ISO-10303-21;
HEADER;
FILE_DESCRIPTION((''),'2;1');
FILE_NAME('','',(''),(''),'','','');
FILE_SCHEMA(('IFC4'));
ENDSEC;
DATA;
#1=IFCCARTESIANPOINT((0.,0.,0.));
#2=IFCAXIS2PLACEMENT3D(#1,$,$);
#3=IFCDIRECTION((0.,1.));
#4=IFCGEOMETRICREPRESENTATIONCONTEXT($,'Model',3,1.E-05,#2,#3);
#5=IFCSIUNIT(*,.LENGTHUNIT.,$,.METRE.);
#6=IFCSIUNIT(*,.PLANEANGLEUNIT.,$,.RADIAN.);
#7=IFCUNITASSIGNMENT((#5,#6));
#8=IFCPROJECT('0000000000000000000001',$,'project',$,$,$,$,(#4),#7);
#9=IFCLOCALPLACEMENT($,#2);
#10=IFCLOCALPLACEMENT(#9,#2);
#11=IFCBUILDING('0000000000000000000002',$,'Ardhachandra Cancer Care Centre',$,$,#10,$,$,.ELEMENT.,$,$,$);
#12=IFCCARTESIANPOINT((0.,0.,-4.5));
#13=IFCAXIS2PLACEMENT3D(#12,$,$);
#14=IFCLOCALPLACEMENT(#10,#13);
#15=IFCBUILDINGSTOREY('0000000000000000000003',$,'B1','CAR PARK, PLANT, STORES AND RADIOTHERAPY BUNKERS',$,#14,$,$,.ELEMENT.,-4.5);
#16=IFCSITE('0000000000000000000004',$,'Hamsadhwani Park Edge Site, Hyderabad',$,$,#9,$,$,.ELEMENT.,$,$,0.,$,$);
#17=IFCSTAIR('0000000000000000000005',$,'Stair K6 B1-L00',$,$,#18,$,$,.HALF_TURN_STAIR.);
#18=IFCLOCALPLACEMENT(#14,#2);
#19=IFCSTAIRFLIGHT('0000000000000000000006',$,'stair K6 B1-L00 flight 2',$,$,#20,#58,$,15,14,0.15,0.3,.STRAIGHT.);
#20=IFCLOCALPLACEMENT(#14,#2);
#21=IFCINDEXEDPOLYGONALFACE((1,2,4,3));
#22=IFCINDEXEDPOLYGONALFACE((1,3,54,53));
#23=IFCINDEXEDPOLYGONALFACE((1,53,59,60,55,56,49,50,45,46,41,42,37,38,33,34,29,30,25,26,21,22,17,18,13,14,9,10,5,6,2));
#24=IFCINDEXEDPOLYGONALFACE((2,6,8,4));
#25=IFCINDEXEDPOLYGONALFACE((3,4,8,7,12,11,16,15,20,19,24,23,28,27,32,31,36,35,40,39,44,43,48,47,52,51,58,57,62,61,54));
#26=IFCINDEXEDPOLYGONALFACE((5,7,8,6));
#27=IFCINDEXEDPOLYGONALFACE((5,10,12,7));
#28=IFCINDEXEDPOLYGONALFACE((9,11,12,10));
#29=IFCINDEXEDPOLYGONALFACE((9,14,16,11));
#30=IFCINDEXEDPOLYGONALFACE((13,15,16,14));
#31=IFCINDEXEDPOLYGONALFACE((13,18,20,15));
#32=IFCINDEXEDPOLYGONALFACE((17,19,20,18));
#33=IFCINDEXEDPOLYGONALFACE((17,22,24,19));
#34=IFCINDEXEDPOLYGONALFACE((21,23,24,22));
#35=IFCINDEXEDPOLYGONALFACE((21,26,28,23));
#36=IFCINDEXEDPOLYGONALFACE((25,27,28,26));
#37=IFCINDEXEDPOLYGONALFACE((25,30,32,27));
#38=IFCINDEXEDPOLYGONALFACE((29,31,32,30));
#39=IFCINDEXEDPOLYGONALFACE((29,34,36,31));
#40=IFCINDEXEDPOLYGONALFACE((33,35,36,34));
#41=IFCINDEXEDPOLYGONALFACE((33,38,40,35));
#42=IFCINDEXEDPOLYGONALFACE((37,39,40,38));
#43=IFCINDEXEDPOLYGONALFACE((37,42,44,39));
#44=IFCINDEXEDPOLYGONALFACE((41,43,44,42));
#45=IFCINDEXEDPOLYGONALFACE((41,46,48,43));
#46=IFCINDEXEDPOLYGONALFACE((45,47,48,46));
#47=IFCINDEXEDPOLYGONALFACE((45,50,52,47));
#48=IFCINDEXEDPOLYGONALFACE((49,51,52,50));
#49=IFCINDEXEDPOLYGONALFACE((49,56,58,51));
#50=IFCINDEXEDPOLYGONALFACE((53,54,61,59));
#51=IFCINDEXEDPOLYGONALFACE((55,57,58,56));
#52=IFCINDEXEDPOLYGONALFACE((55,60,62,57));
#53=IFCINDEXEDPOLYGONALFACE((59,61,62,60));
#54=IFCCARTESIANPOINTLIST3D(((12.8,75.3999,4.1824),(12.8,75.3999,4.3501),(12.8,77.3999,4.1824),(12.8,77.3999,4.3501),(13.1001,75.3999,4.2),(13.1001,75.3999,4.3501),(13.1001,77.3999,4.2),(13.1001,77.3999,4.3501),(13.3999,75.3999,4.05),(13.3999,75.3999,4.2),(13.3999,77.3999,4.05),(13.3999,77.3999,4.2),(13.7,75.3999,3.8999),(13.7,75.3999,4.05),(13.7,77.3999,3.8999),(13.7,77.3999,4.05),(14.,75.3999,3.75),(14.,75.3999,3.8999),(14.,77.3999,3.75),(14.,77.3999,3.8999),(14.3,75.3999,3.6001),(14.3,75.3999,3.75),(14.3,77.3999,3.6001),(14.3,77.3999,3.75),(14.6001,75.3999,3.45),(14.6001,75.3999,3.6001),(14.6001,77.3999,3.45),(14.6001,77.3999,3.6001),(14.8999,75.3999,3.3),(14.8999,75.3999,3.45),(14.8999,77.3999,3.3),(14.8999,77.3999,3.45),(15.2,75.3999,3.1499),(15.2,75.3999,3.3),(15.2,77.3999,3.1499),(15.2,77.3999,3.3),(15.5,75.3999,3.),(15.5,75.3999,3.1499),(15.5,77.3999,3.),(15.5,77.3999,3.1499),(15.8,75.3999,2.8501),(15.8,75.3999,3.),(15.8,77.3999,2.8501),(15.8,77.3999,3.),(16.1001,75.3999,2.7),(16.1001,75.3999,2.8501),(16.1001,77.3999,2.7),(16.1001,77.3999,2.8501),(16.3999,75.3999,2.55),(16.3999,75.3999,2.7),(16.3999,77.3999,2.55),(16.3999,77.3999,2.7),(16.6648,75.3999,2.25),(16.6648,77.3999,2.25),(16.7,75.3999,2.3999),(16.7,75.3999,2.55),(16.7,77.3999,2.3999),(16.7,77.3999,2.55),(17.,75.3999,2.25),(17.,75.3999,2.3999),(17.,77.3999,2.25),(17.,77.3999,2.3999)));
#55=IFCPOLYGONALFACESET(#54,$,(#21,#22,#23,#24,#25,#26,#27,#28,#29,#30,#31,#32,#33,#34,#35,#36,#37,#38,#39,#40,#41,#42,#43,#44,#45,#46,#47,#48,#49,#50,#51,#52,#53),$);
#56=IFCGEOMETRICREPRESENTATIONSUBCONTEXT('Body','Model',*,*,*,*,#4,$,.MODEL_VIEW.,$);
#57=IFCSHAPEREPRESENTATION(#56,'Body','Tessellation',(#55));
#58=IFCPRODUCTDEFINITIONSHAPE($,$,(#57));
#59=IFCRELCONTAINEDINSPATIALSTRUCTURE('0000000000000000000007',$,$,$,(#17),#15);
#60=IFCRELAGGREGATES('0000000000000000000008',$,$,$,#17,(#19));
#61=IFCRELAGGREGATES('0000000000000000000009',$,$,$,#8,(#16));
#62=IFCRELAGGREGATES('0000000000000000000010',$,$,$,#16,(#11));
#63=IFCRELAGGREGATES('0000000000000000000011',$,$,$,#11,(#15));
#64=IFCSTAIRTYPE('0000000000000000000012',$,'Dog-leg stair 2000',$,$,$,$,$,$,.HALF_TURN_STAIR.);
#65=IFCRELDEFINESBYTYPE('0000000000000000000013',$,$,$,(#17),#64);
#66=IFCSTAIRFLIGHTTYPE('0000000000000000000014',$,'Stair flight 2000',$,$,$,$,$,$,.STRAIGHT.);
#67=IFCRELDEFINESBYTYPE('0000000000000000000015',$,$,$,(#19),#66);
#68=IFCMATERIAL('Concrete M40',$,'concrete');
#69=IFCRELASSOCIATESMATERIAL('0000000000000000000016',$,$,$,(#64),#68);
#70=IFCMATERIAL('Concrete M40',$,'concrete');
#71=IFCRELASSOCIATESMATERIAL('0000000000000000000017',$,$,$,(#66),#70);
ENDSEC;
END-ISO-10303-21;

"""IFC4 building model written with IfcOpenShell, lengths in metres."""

from ifc_helpers import new_model, si_unit, direction, frame, origin, place, context, subcontext, project, spatial, polyline, outline, extrude, material, type_object, element, aggregate, save


model = new_model("IFC4")

# Units and contexts
model_context = context("Model", 3, precision=1e-05, world=origin(), true_north=direction((0.0, 1.0)))
body_context = subcontext(model_context, "Body", "Model", "MODEL_VIEW")
ifc_project = project(units=[si_unit("LENGTHUNIT", "METRE"), si_unit("PLANEANGLEUNIT", "RADIAN")], contexts=[model_context])

# Site, building, storey
site_placement = place(None, origin())
site = spatial("IfcSite", under=ifc_project, at=site_placement, Name="Hamsadhwani Park Edge Site, Hyderabad", CompositionType="ELEMENT", RefElevation=0.0)
building_placement = place(site_placement, origin())
building = spatial("IfcBuilding", under=site, at=building_placement, Name="Ardhachandra Cancer Care Centre", CompositionType="ELEMENT")
storey_placement = place(building_placement, frame((0.0, 0.0, -4.5)))
storey = spatial("IfcBuildingStorey", under=building, at=storey_placement, Name="B1", Description="CAR PARK, PLANT, STORES AND RADIOTHERAPY BUNKERS", CompositionType="ELEMENT", Elevation=-4.5)

# Stair, stair flight
ifc_material_1 = material(Name="Concrete M40", Category="concrete")
stair_type = type_object("IfcStairType", Name="Dog-leg stair 2000", PredefinedType="HALF_TURN_STAIR", material=ifc_material_1)
stair_placement = place(storey_placement, origin())
stair = element("IfcStair", 1, at=stair_placement, inside=storey, type_object=stair_type, Name="Stair K6 B1-L00", PredefinedType="HALF_TURN_STAIR")
ifc_material_2 = material(Name="Concrete M40", Category="concrete")
stair_flight_type = type_object("IfcStairFlightType", Name="Stair flight 2000", PredefinedType="STRAIGHT", material=ifc_material_2)
stair_flight_1_placement = place(storey_placement, frame((17.0, 76.3999, 2.25), z_axis=(0.0, 0.0, 1.0), x_axis=(-1.0, 0.0, 0.0)))
stair_flight_1 = element("IfcStairFlight", 2, at=stair_flight_1_placement, type_object=stair_flight_type, Name="stair K6 B1-L00 flight 2", NumberOfRisers=15, NumberOfTreads=14, PredefinedType="STRAIGHT", RiserHeight=0.15, TreadLength=0.3, context=body_context, shape_type="SweptSolid", body=[
    extrude(outline(polyline([(0.0, 0.0), (0.0, 0.1499), (0.3, 0.1499), (0.3, 0.3), (0.6001, 0.3), (0.6001, 0.45), (0.8999, 0.45), (0.8999, 0.6001), (1.2, 0.6001), (1.2, 0.75), (1.5, 0.75), (1.5, 0.8999), (1.8, 0.8999), (1.8, 1.05), (2.1001, 1.05), (2.1001, 1.2), (2.3999, 1.2), (2.3999, 1.3501), (2.7, 1.3501), (2.7, 1.5), (3.0, 1.5), (3.0, 1.6499), (3.3, 1.6499), (3.3, 1.8), (3.6001, 1.8), (3.6001, 1.95), (3.8999, 1.95), (3.8999, 2.1001), (4.2, 2.1001), (4.2, 2.25), (4.2, 1.9324), (0.3352, 0.0), (0.0, 0.0)])), frame((0.0, 1.0, 0.0), z_axis=(0.0, -1.0, 0.0), x_axis=(1.0, 0.0, 0.0)), (0.0, 0.0, 1.0), 2.0),
])
aggregate(stair, [stair_flight_1])

save(model, "model.ifc")
